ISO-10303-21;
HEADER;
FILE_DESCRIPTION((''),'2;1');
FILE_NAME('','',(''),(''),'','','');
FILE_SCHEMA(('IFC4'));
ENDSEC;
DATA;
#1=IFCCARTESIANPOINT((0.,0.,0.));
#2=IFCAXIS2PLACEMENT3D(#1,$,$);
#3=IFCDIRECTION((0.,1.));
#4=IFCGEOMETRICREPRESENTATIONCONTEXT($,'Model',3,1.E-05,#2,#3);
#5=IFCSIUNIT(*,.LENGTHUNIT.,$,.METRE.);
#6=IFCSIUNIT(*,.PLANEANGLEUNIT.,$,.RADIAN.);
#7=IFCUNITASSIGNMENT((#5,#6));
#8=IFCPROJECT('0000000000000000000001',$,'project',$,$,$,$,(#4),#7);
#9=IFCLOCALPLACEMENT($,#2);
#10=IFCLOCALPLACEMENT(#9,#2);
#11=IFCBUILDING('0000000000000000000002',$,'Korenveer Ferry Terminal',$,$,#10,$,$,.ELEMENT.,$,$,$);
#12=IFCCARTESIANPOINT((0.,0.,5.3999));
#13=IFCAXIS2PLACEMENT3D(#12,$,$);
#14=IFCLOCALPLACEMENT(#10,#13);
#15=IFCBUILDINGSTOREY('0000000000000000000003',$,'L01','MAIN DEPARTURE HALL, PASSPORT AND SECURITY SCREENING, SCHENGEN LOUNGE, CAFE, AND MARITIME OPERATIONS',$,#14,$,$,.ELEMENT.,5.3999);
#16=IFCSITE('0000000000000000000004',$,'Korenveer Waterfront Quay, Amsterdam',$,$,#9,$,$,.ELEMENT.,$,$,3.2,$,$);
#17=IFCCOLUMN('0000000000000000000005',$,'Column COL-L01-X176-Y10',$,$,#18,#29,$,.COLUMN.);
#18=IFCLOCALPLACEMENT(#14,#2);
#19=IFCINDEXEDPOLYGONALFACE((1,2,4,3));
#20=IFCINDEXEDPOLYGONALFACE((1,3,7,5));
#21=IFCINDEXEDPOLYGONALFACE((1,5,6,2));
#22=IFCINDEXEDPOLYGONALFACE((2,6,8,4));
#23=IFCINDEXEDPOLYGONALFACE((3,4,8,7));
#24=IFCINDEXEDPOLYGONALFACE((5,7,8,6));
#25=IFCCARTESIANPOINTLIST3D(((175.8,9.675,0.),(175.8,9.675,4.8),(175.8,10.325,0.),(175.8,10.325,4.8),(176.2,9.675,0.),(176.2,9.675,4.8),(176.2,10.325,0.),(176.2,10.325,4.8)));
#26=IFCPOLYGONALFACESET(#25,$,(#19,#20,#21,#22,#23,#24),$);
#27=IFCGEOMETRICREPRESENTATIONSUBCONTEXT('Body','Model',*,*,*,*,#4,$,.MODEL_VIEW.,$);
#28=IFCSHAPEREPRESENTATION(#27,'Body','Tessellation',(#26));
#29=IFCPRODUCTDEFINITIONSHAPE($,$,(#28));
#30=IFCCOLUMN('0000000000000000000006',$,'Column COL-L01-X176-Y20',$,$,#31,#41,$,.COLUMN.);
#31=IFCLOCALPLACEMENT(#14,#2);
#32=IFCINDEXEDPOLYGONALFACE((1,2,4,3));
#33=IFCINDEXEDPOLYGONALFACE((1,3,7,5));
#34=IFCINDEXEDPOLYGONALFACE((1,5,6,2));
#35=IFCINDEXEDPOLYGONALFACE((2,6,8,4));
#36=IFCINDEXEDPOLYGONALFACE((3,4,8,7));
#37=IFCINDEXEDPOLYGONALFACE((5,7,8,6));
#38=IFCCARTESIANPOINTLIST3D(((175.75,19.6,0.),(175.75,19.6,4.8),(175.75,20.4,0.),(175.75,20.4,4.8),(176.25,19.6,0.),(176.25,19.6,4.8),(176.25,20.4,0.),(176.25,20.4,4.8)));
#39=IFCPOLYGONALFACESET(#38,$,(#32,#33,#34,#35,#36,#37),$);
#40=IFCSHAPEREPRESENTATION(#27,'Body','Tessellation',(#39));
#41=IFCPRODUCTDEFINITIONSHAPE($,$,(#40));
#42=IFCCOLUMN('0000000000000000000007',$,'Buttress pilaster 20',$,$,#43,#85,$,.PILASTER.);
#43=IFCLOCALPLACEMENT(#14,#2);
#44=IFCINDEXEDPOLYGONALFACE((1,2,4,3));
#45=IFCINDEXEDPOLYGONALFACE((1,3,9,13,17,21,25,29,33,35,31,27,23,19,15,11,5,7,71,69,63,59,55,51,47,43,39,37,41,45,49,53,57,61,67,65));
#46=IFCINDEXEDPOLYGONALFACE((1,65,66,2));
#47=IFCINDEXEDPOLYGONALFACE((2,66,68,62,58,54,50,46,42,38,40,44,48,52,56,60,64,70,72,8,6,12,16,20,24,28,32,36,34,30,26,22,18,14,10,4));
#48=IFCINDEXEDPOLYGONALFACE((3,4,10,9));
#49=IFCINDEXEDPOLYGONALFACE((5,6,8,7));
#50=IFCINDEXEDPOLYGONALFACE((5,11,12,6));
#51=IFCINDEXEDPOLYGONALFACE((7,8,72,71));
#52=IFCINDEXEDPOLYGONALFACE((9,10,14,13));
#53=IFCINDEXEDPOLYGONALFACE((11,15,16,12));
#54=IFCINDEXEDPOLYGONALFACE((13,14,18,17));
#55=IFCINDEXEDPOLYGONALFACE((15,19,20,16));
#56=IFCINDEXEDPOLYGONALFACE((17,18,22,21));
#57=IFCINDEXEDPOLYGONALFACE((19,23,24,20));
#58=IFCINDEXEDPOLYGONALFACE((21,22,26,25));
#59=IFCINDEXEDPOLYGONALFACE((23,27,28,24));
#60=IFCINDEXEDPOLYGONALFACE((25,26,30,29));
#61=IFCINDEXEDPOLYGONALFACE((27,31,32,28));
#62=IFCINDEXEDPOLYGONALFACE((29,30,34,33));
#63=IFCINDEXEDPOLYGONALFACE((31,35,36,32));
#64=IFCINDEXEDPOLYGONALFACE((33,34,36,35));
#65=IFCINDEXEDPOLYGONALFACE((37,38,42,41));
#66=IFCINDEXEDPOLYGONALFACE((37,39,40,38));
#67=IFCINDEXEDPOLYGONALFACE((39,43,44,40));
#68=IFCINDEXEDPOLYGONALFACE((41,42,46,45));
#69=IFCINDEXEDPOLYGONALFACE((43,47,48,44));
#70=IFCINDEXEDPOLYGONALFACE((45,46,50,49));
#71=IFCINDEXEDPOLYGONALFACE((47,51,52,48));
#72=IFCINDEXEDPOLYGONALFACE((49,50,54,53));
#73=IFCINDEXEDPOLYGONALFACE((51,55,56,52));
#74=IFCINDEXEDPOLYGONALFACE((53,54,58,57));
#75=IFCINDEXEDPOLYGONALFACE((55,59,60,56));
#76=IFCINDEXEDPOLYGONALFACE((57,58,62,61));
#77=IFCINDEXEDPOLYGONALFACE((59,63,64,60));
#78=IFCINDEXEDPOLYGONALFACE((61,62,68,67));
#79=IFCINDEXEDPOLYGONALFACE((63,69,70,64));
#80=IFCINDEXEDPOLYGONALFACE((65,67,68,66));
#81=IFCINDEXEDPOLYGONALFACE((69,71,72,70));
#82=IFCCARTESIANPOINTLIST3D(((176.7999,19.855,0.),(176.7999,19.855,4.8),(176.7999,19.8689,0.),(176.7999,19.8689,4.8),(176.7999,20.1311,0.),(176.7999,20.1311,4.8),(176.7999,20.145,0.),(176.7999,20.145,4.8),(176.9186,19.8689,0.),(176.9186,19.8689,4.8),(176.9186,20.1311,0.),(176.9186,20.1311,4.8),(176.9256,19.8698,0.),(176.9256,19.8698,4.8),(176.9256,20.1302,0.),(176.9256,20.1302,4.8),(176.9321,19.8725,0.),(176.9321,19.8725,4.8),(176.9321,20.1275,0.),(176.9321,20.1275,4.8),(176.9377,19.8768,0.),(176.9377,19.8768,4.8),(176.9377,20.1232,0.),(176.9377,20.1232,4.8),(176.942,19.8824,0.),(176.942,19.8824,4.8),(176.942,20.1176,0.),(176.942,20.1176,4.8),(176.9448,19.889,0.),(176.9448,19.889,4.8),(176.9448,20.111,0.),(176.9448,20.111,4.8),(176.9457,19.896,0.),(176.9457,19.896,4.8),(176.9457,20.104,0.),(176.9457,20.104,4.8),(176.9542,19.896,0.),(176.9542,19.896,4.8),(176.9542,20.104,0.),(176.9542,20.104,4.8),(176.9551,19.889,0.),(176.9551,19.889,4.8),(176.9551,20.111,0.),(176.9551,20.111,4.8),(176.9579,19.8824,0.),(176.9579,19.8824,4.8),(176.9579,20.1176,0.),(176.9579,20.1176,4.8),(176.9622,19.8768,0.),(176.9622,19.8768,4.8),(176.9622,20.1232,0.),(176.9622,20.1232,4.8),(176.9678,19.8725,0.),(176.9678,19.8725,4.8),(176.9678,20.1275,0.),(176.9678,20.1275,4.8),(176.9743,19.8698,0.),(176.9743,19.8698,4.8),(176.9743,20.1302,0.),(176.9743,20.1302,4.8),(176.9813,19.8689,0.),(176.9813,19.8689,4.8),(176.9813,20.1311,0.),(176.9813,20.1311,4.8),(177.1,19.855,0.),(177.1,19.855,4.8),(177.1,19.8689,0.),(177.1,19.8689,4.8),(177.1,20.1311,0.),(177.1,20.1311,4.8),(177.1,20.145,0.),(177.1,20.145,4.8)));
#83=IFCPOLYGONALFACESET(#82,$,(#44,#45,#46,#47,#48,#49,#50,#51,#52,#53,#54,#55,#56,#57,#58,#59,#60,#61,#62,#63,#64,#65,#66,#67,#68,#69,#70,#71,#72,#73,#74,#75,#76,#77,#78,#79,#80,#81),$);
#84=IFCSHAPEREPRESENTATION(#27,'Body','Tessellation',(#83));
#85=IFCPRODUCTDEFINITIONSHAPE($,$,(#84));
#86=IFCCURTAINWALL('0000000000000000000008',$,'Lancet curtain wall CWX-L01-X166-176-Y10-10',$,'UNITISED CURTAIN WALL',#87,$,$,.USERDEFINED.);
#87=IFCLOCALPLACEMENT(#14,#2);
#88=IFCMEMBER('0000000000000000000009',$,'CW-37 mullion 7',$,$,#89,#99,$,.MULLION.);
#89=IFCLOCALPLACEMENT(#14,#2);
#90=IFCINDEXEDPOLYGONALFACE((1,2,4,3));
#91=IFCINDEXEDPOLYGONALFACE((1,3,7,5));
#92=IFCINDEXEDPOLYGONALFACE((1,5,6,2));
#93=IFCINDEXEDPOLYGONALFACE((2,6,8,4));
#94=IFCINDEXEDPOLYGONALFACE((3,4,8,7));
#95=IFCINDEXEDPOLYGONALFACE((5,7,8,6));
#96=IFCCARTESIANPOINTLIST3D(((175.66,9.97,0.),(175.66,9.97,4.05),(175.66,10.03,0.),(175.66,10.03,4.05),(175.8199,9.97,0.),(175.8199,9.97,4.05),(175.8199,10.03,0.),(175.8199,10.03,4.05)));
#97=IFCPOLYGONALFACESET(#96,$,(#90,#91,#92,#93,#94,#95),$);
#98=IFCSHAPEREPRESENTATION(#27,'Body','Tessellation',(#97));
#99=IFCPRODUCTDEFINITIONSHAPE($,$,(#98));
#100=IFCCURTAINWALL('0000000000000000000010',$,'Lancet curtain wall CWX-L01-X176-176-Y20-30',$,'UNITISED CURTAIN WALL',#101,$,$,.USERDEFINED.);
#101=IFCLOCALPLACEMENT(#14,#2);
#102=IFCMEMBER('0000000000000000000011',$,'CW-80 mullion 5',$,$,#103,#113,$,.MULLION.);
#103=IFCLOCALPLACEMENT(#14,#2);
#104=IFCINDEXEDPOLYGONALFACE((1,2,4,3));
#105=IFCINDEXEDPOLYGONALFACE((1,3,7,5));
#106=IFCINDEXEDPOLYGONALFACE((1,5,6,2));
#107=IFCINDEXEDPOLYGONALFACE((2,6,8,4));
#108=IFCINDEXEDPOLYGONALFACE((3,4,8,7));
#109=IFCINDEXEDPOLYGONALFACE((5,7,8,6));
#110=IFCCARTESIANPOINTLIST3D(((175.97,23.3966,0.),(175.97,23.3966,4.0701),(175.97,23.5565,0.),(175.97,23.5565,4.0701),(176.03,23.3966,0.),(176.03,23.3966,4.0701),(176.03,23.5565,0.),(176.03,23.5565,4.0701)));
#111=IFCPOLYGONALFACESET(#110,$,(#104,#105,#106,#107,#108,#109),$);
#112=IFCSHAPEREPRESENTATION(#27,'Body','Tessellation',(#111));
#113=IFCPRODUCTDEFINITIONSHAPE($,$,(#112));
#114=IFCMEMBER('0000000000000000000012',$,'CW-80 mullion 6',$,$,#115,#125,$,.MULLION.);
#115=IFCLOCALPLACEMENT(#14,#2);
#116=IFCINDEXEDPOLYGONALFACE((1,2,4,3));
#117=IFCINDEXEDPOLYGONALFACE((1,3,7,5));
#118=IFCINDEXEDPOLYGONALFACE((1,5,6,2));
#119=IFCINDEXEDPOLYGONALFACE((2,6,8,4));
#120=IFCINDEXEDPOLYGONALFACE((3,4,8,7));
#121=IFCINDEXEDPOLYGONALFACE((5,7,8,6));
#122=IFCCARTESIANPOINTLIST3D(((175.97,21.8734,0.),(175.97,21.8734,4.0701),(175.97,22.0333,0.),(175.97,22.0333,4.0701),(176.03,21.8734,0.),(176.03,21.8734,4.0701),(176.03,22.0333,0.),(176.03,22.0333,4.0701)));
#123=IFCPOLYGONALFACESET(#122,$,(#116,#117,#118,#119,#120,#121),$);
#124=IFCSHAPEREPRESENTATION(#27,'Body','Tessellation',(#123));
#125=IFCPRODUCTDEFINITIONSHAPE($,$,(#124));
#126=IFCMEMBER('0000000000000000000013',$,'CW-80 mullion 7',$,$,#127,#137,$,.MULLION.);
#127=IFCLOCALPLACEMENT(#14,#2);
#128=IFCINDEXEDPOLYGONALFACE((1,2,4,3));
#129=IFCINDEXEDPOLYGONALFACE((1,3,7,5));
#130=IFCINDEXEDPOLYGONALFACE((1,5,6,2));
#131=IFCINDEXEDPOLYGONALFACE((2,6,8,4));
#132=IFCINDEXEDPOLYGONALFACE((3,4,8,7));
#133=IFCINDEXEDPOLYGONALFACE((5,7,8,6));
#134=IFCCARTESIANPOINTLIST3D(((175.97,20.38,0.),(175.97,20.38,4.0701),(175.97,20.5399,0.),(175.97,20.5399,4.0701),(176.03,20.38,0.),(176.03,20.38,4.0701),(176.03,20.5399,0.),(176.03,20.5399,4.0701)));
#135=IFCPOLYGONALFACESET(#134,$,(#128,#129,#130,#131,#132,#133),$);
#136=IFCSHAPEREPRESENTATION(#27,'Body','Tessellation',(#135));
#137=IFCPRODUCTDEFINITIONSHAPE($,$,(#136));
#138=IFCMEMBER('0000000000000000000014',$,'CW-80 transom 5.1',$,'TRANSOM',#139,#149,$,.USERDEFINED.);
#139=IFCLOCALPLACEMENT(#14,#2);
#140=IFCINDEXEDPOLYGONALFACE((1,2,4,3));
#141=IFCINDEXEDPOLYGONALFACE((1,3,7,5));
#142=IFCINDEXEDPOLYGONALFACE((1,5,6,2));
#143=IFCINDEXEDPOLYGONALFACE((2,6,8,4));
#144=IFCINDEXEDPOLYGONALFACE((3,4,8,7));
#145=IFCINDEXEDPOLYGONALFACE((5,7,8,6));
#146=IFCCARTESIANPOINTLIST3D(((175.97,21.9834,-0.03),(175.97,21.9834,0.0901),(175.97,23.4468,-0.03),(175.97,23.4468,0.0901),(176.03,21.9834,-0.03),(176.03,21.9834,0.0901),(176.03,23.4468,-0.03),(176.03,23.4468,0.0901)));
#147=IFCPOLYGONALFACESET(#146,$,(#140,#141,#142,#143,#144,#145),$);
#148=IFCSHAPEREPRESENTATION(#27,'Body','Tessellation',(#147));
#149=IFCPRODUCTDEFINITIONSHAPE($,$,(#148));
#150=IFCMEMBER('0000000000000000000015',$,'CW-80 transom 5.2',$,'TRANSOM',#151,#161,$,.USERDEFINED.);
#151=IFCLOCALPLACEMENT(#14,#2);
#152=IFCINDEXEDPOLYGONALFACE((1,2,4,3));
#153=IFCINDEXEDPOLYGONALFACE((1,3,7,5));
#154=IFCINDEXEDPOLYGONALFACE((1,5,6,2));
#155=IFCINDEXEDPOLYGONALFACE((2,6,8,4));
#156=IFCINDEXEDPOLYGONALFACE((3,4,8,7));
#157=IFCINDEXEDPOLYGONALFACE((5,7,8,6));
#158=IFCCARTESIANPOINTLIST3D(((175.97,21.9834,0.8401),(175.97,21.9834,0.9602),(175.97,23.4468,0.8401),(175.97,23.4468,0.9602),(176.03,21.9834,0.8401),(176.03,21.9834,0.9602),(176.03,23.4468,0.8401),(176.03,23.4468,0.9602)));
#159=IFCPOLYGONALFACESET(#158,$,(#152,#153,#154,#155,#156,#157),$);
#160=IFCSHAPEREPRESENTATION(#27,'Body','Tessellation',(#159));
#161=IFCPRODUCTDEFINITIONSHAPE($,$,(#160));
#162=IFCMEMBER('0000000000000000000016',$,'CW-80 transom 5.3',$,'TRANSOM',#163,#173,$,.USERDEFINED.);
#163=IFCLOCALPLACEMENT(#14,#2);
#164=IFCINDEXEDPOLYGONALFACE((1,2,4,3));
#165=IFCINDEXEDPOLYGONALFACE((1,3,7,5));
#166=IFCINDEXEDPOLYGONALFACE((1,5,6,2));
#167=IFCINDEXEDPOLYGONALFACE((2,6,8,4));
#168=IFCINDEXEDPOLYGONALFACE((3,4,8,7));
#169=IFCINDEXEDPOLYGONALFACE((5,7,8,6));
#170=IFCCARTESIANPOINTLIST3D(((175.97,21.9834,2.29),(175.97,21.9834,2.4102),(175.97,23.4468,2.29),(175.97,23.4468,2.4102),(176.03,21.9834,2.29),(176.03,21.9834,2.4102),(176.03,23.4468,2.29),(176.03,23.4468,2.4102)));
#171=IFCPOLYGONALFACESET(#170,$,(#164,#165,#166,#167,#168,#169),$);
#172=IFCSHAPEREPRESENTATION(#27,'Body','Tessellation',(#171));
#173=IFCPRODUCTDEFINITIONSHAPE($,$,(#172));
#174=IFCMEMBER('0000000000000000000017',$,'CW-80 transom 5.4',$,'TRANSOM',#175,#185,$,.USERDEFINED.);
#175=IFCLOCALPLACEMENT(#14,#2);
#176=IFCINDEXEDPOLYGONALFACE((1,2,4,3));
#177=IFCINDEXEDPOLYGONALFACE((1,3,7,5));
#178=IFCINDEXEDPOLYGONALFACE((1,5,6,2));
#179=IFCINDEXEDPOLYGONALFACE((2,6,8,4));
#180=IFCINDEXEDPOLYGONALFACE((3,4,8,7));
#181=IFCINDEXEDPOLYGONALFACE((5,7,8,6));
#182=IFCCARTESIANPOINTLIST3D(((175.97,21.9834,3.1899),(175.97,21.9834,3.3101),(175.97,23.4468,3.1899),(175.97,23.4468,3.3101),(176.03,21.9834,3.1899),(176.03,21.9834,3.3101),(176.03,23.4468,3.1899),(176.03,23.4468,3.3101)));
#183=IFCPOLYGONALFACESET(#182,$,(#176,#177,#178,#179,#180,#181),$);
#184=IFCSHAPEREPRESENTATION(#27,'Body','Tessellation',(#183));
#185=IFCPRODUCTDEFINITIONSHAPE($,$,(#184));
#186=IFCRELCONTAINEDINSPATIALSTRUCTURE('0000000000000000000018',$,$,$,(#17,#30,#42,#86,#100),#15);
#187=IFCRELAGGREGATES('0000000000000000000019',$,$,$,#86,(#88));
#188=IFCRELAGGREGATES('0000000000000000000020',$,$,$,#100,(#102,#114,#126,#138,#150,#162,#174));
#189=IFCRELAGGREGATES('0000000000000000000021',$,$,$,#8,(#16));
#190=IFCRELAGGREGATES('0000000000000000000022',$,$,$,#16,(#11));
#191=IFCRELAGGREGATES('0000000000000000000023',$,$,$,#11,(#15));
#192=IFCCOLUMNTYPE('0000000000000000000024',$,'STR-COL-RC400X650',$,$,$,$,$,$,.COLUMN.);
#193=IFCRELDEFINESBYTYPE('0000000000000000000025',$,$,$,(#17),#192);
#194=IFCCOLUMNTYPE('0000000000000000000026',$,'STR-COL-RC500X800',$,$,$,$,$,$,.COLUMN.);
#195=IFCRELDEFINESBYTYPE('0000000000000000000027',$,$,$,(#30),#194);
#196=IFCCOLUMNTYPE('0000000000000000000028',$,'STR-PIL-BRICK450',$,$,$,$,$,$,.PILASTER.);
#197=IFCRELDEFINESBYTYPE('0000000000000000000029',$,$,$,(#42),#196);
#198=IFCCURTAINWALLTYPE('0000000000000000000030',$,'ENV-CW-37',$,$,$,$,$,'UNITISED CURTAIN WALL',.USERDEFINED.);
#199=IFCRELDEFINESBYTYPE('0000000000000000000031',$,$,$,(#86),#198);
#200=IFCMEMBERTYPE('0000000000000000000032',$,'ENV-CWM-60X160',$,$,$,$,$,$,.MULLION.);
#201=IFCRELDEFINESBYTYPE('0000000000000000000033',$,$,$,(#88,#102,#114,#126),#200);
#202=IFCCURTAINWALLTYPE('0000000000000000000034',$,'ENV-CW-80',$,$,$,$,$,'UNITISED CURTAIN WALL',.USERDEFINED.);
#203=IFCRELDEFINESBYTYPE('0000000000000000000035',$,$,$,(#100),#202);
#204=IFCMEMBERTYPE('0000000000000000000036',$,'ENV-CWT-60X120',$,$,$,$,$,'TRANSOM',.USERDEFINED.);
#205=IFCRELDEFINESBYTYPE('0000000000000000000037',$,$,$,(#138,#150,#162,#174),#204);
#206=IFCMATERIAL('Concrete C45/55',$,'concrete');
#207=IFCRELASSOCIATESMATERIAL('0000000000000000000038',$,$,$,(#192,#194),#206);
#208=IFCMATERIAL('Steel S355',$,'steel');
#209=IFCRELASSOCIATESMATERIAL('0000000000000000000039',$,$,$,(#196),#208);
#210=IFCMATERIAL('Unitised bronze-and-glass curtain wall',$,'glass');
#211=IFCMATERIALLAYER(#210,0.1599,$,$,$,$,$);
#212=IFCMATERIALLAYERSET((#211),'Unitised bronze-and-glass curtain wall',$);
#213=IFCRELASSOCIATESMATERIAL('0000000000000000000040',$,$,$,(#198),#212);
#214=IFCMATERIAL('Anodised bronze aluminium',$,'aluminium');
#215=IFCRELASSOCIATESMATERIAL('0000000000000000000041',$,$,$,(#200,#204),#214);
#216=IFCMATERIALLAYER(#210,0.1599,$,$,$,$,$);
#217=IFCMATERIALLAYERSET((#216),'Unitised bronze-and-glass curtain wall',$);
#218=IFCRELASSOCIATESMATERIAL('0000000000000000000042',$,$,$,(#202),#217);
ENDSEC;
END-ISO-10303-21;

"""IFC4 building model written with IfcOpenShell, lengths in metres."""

from ifc_helpers import new_model, si_unit, direction, frame, origin, origin_2d, place, context, subcontext, project, spatial, rectangle, i_section, extrude, material, layer, layer_set, material_profile, profile_set, type_object, element, aggregate, save


model = new_model("IFC4")

# Units and contexts
model_context = context("Model", 3, precision=1e-05, world=origin(), true_north=direction((0.0, 1.0)))
body_context = subcontext(model_context, "Body", "Model", "MODEL_VIEW")
ifc_project = project(units=[si_unit("LENGTHUNIT", "METRE"), si_unit("PLANEANGLEUNIT", "RADIAN")], contexts=[model_context])

# Site, building, storey
site_placement = place(None, origin())
site = spatial("IfcSite", under=ifc_project, at=site_placement, Name="Korenveer Waterfront Quay, Amsterdam", CompositionType="ELEMENT", RefElevation=3.2)
building_placement = place(site_placement, origin())
building = spatial("IfcBuilding", under=site, at=building_placement, Name="Korenveer Ferry Terminal", CompositionType="ELEMENT")
storey_placement = place(building_placement, frame((0.0, 0.0, 5.3999)))
storey = spatial("IfcBuildingStorey", under=building, at=storey_placement, Name="L01", Description="MAIN DEPARTURE HALL, PASSPORT AND SECURITY SCREENING, SCHENGEN LOUNGE, CAFE, AND MARITIME OPERATIONS", CompositionType="ELEMENT", Elevation=5.3999)

# Columns
ifc_material_1 = material(Name="Concrete C45/55", Category="concrete")
ifc_material_profile_1 = material_profile(ifc_material_1, rectangle(XDim=0.3999, YDim=0.6499, at=origin_2d()), Name="RC 400x650")
ifc_profile_set_1 = profile_set([ifc_material_profile_1], Name="Concrete C45/55")
column_type_1 = type_object("IfcColumnType", Name="STR-COL-RC400X650", PredefinedType="COLUMN", material=ifc_profile_set_1)
column_1_placement = place(storey_placement, frame((176.0, 10.0, 0.0), z_axis=(0.0, 0.0, 1.0), x_axis=(1.0, 0.0, 0.0)))
element("IfcColumn", 1, at=column_1_placement, inside=storey, type_object=column_type_1, Name="Column COL-L01-X176-Y10", PredefinedType="COLUMN", context=body_context, shape_type="SweptSolid", body=[
    extrude(rectangle(XDim=0.3999, YDim=0.6499, at=origin_2d()), origin(), (0.0, 0.0, 1.0), 4.8),
])
ifc_material_profile_2 = material_profile(ifc_material_1, rectangle(XDim=0.5, YDim=0.8, at=origin_2d()), Name="RC 500x800")
ifc_profile_set_2 = profile_set([ifc_material_profile_2], Name="Concrete C45/55")
column_type_2 = type_object("IfcColumnType", Name="STR-COL-RC500X800", PredefinedType="COLUMN", material=ifc_profile_set_2)
column_2_placement = place(storey_placement, frame((176.0, 20.0, 0.0), z_axis=(0.0, 0.0, 1.0), x_axis=(1.0, 0.0, 0.0)))
element("IfcColumn", 2, at=column_2_placement, inside=storey, type_object=column_type_2, Name="Column COL-L01-X176-Y20", PredefinedType="COLUMN", context=body_context, shape_type="SweptSolid", body=[
    extrude(rectangle(XDim=0.5, YDim=0.8, at=origin_2d()), origin(), (0.0, 0.0, 1.0), 4.8),
])
ifc_material_2 = material(Name="Steel S355", Category="steel")
ifc_material_profile_3 = material_profile(ifc_material_2, i_section(OverallWidth=0.3, OverallDepth=0.29, WebThickness=0.0085, FlangeThickness=0.0139, FilletRadius=0.0271, at=origin_2d()), Name="HEA 300")
ifc_profile_set_3 = profile_set([ifc_material_profile_3], Name="Steel S355")
column_type_3 = type_object("IfcColumnType", Name="STR-PIL-BRICK450", PredefinedType="PILASTER", material=ifc_profile_set_3)
column_3_placement = place(storey_placement, frame((176.95, 20.0, 0.0), z_axis=(0.0, 0.0, 1.0), x_axis=(1.0, 0.0, 0.0)))
element("IfcColumn", 3, at=column_3_placement, inside=storey, type_object=column_type_3, Name="Buttress pilaster 20", PredefinedType="PILASTER", context=body_context, shape_type="SweptSolid", body=[
    extrude(i_section(OverallWidth=0.3, OverallDepth=0.29, WebThickness=0.0085, FlangeThickness=0.0139, FilletRadius=0.0271, at=origin_2d()), origin(), (0.0, 0.0, 1.0), 4.8),
])

# Curtain wall, member
ifc_material_3 = material(Name="Unitised bronze-and-glass curtain wall", Category="glass")
ifc_layer_1 = layer(ifc_material_3, 0.1599)
ifc_layer_set_1 = layer_set([ifc_layer_1], Name="Unitised bronze-and-glass curtain wall")
curtain_wall_type_1 = type_object("IfcCurtainWallType", Name="ENV-CW-37", ElementType="UNITISED CURTAIN WALL", PredefinedType="USERDEFINED", material=ifc_layer_set_1)
curtain_wall_1_placement = place(storey_placement, frame((166.23, 10.0, 0.0)))
curtain_wall_1 = element("IfcCurtainWall", 4, at=curtain_wall_1_placement, inside=storey, type_object=curtain_wall_type_1, Name="Lancet curtain wall CWX-L01-X166-176-Y10-10", ObjectType="UNITISED CURTAIN WALL", PredefinedType="USERDEFINED")
ifc_material_4 = material(Name="Anodised bronze aluminium", Category="aluminium")
ifc_material_profile_4 = material_profile(ifc_material_4, rectangle(XDim=0.0601, YDim=0.1599, at=origin_2d()), Name="ALU 60x160")
ifc_profile_set_4 = profile_set([ifc_material_profile_4], Name="Anodised bronze aluminium")
member_type_1 = type_object("IfcMemberType", Name="ENV-CWM-60X160", PredefinedType="MULLION", material=ifc_profile_set_4)
member_1_placement = place(storey_placement, frame((175.74, 10.0, 0.0), z_axis=(0.0, 0.0, 1.0), x_axis=(0.0, 1.0, 0.0)))
member_1 = element("IfcMember", 5, at=member_1_placement, type_object=member_type_1, Name="CW-37 mullion 7", PredefinedType="MULLION", context=body_context, shape_type="SweptSolid", body=[
    extrude(rectangle(XDim=0.0601, YDim=0.1599, at=origin_2d()), origin(), (0.0, 0.0, 1.0), 4.05),
])

# Curtain wall, members
ifc_layer_2 = layer(ifc_material_3, 0.1599)
ifc_layer_set_2 = layer_set([ifc_layer_2], Name="Unitised bronze-and-glass curtain wall")
curtain_wall_type_2 = type_object("IfcCurtainWallType", Name="ENV-CW-80", ElementType="UNITISED CURTAIN WALL", PredefinedType="USERDEFINED", material=ifc_layer_set_2)
curtain_wall_2_placement = place(storey_placement, frame((176.0, 29.5701, 0.0)))
curtain_wall_2 = element("IfcCurtainWall", 6, at=curtain_wall_2_placement, inside=storey, type_object=curtain_wall_type_2, Name="Lancet curtain wall CWX-L01-X176-176-Y20-30", ObjectType="UNITISED CURTAIN WALL", PredefinedType="USERDEFINED")
member_2_placement = place(storey_placement, frame((176.0, 23.4766, 0.0), z_axis=(0.0, 0.0, 1.0), x_axis=(1.0, 0.0, 0.0)))
member_2 = element("IfcMember", 7, at=member_2_placement, type_object=member_type_1, Name="CW-80 mullion 5", PredefinedType="MULLION", context=body_context, shape_type="SweptSolid", body=[
    extrude(rectangle(XDim=0.0601, YDim=0.1599, at=origin_2d()), origin(), (0.0, 0.0, 1.0), 4.0701),
])
member_3_placement = place(storey_placement, frame((176.0, 21.9534, 0.0), z_axis=(0.0, 0.0, 1.0), x_axis=(1.0, 0.0, 0.0)))
member_3 = element("IfcMember", 8, at=member_3_placement, type_object=member_type_1, Name="CW-80 mullion 6", PredefinedType="MULLION", context=body_context, shape_type="SweptSolid", body=[
    extrude(rectangle(XDim=0.0601, YDim=0.1599, at=origin_2d()), origin(), (0.0, 0.0, 1.0), 4.0701),
])
member_4_placement = place(storey_placement, frame((176.0, 20.46, 0.0), z_axis=(0.0, 0.0, 1.0), x_axis=(1.0, 0.0, 0.0)))
member_4 = element("IfcMember", 9, at=member_4_placement, type_object=member_type_1, Name="CW-80 mullion 7", PredefinedType="MULLION", context=body_context, shape_type="SweptSolid", body=[
    extrude(rectangle(XDim=0.0601, YDim=0.1599, at=origin_2d()), origin(), (0.0, 0.0, 1.0), 4.0701),
])
ifc_material_profile_5 = material_profile(ifc_material_4, rectangle(XDim=0.0601, YDim=0.1201, at=origin_2d()), Name="ALU 60x120")
ifc_profile_set_5 = profile_set([ifc_material_profile_5], Name="Anodised bronze aluminium")
member_type_2 = type_object("IfcMemberType", Name="ENV-CWT-60X120", ElementType="TRANSOM", PredefinedType="USERDEFINED", material=ifc_profile_set_5)
member_5_placement = place(storey_placement, frame((176.0, 23.4468, 0.03), z_axis=(0.0, -1.0, 0.0), x_axis=(1.0, 0.0, 0.0)))
member_5 = element("IfcMember", 10, at=member_5_placement, type_object=member_type_2, Name="CW-80 transom 5.1", ObjectType="TRANSOM", PredefinedType="USERDEFINED", context=body_context, shape_type="SweptSolid", body=[
    extrude(rectangle(XDim=0.0601, YDim=0.1201, at=origin_2d()), origin(), (0.0, 0.0, 1.0), 1.4634),
])
member_6_placement = place(storey_placement, frame((176.0, 23.4468, 0.9001), z_axis=(0.0, -1.0, 0.0), x_axis=(1.0, 0.0, 0.0)))
member_6 = element("IfcMember", 11, at=member_6_placement, type_object=member_type_2, Name="CW-80 transom 5.2", ObjectType="TRANSOM", PredefinedType="USERDEFINED", context=body_context, shape_type="SweptSolid", body=[
    extrude(rectangle(XDim=0.0601, YDim=0.1201, at=origin_2d()), origin(), (0.0, 0.0, 1.0), 1.4634),
])
member_7_placement = place(storey_placement, frame((176.0, 23.4468, 2.3501), z_axis=(0.0, -1.0, 0.0), x_axis=(1.0, 0.0, 0.0)))
member_7 = element("IfcMember", 12, at=member_7_placement, type_object=member_type_2, Name="CW-80 transom 5.3", ObjectType="TRANSOM", PredefinedType="USERDEFINED", context=body_context, shape_type="SweptSolid", body=[
    extrude(rectangle(XDim=0.0601, YDim=0.1201, at=origin_2d()), origin(), (0.0, 0.0, 1.0), 1.4634),
])
member_8_placement = place(storey_placement, frame((176.0, 23.4468, 3.25), z_axis=(0.0, -1.0, 0.0), x_axis=(1.0, 0.0, 0.0)))
member_8 = element("IfcMember", 13, at=member_8_placement, type_object=member_type_2, Name="CW-80 transom 5.4", ObjectType="TRANSOM", PredefinedType="USERDEFINED", context=body_context, shape_type="SweptSolid", body=[
    extrude(rectangle(XDim=0.0601, YDim=0.1201, at=origin_2d()), origin(), (0.0, 0.0, 1.0), 1.4634),
])

aggregate(curtain_wall_1, [member_1])
aggregate(curtain_wall_2, [member_2, member_3, member_4, member_5, member_6, member_7, member_8])

save(model, "model.ifc")
